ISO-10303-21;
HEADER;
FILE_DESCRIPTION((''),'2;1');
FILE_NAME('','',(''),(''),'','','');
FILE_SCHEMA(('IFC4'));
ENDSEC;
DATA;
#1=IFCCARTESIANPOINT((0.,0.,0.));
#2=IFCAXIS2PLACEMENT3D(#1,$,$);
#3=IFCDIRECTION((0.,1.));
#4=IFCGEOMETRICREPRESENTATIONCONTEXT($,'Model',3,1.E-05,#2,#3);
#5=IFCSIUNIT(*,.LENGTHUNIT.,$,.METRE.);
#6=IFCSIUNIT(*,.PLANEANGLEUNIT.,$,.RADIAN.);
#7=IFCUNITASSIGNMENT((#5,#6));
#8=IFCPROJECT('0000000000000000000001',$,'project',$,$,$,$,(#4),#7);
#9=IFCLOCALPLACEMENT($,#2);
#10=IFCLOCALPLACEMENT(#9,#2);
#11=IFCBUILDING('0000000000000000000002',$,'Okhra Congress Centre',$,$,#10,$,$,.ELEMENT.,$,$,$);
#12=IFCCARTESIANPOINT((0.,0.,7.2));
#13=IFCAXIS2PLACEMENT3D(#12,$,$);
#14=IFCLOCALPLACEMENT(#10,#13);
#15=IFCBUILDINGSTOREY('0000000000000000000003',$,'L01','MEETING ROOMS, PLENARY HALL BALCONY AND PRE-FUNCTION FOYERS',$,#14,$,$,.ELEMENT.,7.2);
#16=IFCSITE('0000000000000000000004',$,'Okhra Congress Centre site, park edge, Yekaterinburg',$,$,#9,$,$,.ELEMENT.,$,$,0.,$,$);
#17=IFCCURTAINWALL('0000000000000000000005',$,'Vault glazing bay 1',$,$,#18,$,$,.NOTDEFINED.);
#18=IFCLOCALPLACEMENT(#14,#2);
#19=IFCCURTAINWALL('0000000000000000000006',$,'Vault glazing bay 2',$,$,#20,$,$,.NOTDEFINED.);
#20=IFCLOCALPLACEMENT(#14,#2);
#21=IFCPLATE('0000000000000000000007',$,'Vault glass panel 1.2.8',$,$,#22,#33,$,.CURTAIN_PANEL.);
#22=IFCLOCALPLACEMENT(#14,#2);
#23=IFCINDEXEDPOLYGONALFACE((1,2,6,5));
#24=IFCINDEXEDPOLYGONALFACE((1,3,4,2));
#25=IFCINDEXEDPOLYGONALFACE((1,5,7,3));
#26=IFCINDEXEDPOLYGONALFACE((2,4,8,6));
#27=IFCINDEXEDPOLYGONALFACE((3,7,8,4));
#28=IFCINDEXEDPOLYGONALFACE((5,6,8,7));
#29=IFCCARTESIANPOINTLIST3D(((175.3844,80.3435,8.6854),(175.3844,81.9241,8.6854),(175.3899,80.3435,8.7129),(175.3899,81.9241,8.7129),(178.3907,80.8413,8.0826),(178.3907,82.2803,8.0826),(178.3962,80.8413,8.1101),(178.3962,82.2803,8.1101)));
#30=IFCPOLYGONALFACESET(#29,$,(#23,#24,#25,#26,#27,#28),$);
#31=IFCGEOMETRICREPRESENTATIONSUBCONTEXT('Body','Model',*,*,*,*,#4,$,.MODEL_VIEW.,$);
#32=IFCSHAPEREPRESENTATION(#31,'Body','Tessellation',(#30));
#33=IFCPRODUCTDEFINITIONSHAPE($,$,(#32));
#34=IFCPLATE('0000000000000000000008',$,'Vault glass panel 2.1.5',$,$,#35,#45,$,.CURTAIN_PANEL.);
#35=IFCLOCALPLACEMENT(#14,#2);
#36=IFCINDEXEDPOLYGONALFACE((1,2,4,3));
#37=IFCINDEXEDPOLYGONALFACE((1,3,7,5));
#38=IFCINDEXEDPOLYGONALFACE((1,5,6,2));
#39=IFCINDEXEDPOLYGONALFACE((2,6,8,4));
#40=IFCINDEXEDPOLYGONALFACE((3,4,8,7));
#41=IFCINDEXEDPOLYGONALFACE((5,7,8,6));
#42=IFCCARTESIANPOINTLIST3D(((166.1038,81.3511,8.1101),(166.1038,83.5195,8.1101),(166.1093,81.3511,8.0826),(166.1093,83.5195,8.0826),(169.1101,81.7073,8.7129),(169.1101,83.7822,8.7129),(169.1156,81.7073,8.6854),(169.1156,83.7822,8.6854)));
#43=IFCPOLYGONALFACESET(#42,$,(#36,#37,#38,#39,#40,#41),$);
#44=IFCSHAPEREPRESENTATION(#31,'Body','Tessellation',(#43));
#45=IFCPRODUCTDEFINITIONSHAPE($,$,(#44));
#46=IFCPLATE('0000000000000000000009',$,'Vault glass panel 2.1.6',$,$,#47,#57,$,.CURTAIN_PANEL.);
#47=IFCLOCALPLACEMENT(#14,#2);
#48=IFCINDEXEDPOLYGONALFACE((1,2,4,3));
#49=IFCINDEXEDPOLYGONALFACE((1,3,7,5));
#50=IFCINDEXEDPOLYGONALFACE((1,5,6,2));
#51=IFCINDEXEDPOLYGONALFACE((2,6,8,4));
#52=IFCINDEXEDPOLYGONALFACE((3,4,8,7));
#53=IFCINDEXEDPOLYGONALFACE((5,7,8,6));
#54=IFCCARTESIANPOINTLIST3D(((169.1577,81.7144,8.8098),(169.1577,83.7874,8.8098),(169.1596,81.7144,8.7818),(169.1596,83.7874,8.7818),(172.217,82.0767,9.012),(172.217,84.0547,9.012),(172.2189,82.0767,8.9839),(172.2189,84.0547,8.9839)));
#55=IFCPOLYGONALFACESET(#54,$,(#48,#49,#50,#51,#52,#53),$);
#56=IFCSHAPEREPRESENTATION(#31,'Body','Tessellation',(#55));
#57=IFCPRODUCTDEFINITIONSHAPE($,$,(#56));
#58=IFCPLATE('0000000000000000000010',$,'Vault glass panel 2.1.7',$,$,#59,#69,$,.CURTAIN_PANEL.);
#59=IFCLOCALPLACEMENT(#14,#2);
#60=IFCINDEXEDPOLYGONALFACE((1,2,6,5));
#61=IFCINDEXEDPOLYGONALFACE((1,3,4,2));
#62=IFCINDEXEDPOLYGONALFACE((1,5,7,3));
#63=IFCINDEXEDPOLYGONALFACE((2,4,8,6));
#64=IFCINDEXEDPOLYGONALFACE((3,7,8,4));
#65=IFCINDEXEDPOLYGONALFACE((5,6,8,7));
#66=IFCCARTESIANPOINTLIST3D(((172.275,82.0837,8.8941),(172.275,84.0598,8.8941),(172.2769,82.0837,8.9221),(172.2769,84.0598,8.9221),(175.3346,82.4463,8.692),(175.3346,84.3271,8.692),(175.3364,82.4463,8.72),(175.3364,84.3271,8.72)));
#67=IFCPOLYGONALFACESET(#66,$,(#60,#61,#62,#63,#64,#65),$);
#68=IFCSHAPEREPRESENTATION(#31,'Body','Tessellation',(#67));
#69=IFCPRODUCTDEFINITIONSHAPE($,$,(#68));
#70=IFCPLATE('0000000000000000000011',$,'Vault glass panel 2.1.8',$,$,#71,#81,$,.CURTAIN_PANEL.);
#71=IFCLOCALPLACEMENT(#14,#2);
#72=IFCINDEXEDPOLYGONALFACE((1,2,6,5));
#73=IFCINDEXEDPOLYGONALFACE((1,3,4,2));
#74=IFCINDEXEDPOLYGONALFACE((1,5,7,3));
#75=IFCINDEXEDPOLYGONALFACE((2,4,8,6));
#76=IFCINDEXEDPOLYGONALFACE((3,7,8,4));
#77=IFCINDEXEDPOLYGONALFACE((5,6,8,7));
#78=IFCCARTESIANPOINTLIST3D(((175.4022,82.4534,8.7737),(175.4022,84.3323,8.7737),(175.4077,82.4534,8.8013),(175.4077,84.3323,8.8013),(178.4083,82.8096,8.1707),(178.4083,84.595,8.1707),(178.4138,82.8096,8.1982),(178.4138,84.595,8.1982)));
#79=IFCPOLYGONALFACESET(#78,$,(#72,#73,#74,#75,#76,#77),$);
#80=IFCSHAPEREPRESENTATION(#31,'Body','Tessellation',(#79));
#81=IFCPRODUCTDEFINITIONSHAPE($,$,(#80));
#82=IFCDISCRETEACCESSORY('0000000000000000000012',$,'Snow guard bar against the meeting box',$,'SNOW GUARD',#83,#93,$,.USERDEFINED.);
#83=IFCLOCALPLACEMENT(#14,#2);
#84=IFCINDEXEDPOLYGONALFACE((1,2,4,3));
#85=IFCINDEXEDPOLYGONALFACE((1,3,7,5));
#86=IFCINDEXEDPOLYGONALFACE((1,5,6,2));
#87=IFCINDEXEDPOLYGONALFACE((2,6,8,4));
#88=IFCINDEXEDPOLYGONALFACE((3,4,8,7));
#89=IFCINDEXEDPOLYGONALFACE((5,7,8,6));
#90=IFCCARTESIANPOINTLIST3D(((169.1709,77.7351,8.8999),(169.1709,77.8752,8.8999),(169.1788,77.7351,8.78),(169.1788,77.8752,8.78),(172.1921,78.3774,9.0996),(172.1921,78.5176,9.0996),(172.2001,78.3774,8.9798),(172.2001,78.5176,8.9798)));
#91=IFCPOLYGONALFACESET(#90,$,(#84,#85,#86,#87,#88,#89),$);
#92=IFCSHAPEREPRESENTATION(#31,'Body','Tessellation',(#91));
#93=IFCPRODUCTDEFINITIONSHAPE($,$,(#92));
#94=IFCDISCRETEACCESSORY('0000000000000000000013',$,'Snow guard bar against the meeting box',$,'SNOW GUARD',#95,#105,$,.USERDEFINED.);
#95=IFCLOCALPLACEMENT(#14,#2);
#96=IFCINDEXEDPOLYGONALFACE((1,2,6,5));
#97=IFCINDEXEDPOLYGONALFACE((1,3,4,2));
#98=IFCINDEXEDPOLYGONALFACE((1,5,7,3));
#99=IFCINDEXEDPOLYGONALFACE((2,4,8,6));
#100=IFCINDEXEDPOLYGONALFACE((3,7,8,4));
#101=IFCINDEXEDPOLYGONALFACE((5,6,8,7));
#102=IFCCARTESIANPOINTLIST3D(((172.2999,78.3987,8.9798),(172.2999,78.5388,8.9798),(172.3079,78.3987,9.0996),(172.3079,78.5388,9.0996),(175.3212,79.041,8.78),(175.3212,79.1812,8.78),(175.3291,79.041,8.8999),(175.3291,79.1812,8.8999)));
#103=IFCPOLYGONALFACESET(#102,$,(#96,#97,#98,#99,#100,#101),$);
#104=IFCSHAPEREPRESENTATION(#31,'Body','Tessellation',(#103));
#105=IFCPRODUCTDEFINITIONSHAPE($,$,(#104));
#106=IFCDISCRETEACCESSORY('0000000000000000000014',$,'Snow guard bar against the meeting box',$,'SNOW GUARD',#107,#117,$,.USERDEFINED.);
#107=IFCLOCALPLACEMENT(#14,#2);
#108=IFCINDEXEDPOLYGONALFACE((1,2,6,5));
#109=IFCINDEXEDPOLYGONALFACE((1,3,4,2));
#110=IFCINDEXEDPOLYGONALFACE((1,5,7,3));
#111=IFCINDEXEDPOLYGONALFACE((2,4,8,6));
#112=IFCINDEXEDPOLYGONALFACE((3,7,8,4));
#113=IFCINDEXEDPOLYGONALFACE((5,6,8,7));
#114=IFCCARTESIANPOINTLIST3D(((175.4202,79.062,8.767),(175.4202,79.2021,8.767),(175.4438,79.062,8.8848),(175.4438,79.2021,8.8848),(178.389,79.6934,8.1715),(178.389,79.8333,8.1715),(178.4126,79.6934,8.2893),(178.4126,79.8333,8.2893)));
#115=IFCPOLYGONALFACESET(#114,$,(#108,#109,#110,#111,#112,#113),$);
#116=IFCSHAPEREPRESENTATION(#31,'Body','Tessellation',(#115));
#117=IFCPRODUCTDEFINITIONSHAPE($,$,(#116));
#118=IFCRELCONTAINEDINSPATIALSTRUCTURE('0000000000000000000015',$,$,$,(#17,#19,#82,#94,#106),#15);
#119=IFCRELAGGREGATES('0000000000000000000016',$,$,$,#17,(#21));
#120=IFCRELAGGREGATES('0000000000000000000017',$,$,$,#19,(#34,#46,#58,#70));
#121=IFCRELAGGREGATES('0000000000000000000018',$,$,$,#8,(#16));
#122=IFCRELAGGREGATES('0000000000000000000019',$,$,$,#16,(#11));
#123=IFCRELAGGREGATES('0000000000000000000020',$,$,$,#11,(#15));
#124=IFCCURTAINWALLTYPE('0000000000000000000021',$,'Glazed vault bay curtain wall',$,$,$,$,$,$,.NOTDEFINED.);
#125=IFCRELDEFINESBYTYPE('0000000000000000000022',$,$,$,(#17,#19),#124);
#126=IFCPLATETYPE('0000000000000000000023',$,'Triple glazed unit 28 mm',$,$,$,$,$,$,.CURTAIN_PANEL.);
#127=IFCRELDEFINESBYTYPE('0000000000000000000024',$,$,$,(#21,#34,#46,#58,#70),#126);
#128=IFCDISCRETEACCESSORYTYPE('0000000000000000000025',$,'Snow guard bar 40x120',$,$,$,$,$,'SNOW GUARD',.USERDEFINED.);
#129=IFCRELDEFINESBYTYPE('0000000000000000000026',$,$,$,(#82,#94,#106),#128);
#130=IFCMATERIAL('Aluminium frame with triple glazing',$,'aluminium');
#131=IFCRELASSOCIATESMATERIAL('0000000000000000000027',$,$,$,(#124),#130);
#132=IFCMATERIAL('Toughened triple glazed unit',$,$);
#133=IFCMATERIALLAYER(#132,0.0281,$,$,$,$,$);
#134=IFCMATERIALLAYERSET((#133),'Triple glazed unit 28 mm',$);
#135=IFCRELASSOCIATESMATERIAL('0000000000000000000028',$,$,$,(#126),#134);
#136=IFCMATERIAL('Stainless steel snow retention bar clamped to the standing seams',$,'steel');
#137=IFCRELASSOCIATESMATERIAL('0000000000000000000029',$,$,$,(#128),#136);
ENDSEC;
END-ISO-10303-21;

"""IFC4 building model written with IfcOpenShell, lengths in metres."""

from ifc_helpers import new_model, si_unit, direction, frame, origin, place, context, subcontext, project, spatial, polyline, outline, extrude, material, layer, layer_set, type_object, element, aggregate, save


model = new_model("IFC4")

# Units and contexts
model_context = context("Model", 3, precision=1e-05, world=origin(), true_north=direction((0.0, 1.0)))
body_context = subcontext(model_context, "Body", "Model", "MODEL_VIEW")
ifc_project = project(units=[si_unit("LENGTHUNIT", "METRE"), si_unit("PLANEANGLEUNIT", "RADIAN")], contexts=[model_context])

# Site, building, storey
site_placement = place(None, origin())
site = spatial("IfcSite", under=ifc_project, at=site_placement, Name="Okhra Congress Centre site, park edge, Yekaterinburg", CompositionType="ELEMENT", RefElevation=0.0)
building_placement = place(site_placement, origin())
building = spatial("IfcBuilding", under=site, at=building_placement, Name="Okhra Congress Centre", CompositionType="ELEMENT")
storey_placement = place(building_placement, frame((0.0, 0.0, 7.2)))
storey = spatial("IfcBuildingStorey", under=building, at=storey_placement, Name="L01", Description="MEETING ROOMS, PLENARY HALL BALCONY AND PRE-FUNCTION FOYERS", CompositionType="ELEMENT", Elevation=7.2)

# Curtain walls
ifc_material_1 = material(Name="Aluminium frame with triple glazing", Category="aluminium")
curtain_wall_type = type_object("IfcCurtainWallType", Name="Glazed vault bay curtain wall", PredefinedType="NOTDEFINED", material=ifc_material_1)
curtain_wall_1_placement = place(storey_placement, origin())
curtain_wall_1 = element("IfcCurtainWall", 1, at=curtain_wall_1_placement, inside=storey, type_object=curtain_wall_type, Name="Vault glazing bay 1", PredefinedType="NOTDEFINED")
curtain_wall_2_placement = place(storey_placement, origin())
curtain_wall_2 = element("IfcCurtainWall", 2, at=curtain_wall_2_placement, inside=storey, type_object=curtain_wall_type, Name="Vault glazing bay 2", PredefinedType="NOTDEFINED")

# Plates
ifc_material_2 = material(Name="Toughened triple glazed unit")
ifc_layer_1 = layer(ifc_material_2, 0.0281)
ifc_layer_set_1 = layer_set([ifc_layer_1], Name="Triple glazed unit 28 mm")
plate_type_1 = type_object("IfcPlateType", Name="Triple glazed unit 28 mm", PredefinedType="CURTAIN_PANEL", material=ifc_layer_set_1)
plate_1_placement = place(storey_placement, frame((175.3899, 80.3435, 8.7129), z_axis=(0.196591, 0.0, 0.980486), x_axis=(0.967814, 0.160254, -0.19405)))
plate_1 = element("IfcPlate", 3, at=plate_1_placement, type_object=plate_type_1, Name="Vault glass panel 1.2.8", PredefinedType="CURTAIN_PANEL", context=body_context, shape_type="SweptSolid", body=[
    extrude(outline(polyline([(0.0, 0.0), (3.1063, 0.0), (3.3369, 1.4204), (0.2533, 1.5601), (0.0, 0.0)])), origin(), (0.0, 0.0, -1.0), 0.0281),
])
aggregate(curtain_wall_1, [plate_1])
plate_2_placement = place(storey_placement, frame((166.1038, 81.3511, 8.1101), z_axis=(-0.196591, 0.0, 0.980486), x_axis=(0.973936, 0.115395, 0.195278)))
plate_2 = element("IfcPlate", 4, at=plate_2_placement, type_object=plate_type_1, Name="Vault glass panel 2.1.5", PredefinedType="CURTAIN_PANEL", context=body_context, shape_type="SweptSolid", body=[
    extrude(outline(polyline([(0.0, 0.0), (3.0868, 0.0), (3.3262, 2.0611), (0.2502, 2.154), (0.0, 0.0)])), origin(), (0.0, 0.0, -1.0), 0.0281),
])
plate_3_placement = place(storey_placement, frame((169.1577, 81.7144, 8.8098), z_axis=(-0.065932, 0.0, 0.997824), x_axis=(0.990929, 0.117352, 0.065477)))
plate_3 = element("IfcPlate", 5, at=plate_3_placement, type_object=plate_type_1, Name="Vault glass panel 2.1.6", PredefinedType="CURTAIN_PANEL", context=body_context, shape_type="SweptSolid", body=[
    extrude(outline(polyline([(0.0, 0.0), (3.0873, 0.0), (3.3195, 1.9644), (0.2433, 2.0587), (0.0, 0.0)])), origin(), (0.0, 0.0, -1.0), 0.0281),
])
plate_4_placement = place(storey_placement, frame((172.2769, 82.0837, 8.9221), z_axis=(0.065927, 0.0, 0.997824), x_axis=(0.990922, 0.117421, -0.065471)))
plate_4 = element("IfcPlate", 6, at=plate_4_placement, type_object=plate_type_1, Name="Vault glass panel 2.1.7", PredefinedType="CURTAIN_PANEL", context=body_context, shape_type="SweptSolid", body=[
    extrude(outline(polyline([(0.0, 0.0), (3.0876, 0.0), (3.3085, 1.8678), (0.232, 1.9624), (0.0, 0.0)])), origin(), (0.0, 0.0, -1.0), 0.0281),
])
plate_5_placement = place(storey_placement, frame((175.4077, 82.4534, 8.8013), z_axis=(0.196683, 0.0, 0.980467), x_axis=(0.973917, 0.115402, -0.195369)))
plate_5 = element("IfcPlate", 7, at=plate_5_placement, type_object=plate_type_1, Name="Vault glass panel 2.1.8", PredefinedType="CURTAIN_PANEL", context=body_context, shape_type="SweptSolid", body=[
    extrude(outline(polyline([(0.0, 0.0), (3.0866, 0.0), (3.2927, 1.7735), (0.2168, 1.8664), (0.0, 0.0)])), origin(), (0.0, 0.0, -1.0), 0.0281),
])
aggregate(curtain_wall_2, [plate_2, plate_3, plate_4, plate_5])

# Discrete accessories
ifc_material_3 = material(Name="Stainless steel snow retention bar clamped to the standing seams", Category="steel")
discrete_accessory_type = type_object("IfcDiscreteAccessoryType", Name="Snow guard bar 40x120", ElementType="SNOW GUARD", PredefinedType="USERDEFINED", material=ifc_material_3)
for number, where, z_axis, x_axis, name in (
    (8, (169.1709, 77.7351, 8.8999), (-0.065957, 0.0, 0.997822), (0.9761, 0.207525, 0.064521), "Snow guard bar against the meeting box"),
    (9, (172.3079, 78.3987, 9.0996), (0.065957, 0.0, 0.997822), (0.9761, 0.207525, -0.064521), "Snow guard bar against the meeting box"),
):
    element("IfcDiscreteAccessory", number, at=place(storey_placement, frame(where, z_axis=z_axis, x_axis=x_axis)), inside=storey, type_object=discrete_accessory_type, Name=name, ObjectType="SNOW GUARD", PredefinedType="USERDEFINED", context=body_context, shape_type="SweptSolid", body=[
        extrude(outline(polyline([(0.0, 0.0), (3.0952, 0.0), (3.1243, 0.1371), (0.0291, 0.1371), (0.0, 0.0)])), origin(), (0.0, 0.0, -1.0), 0.1201),
    ])
discrete_accessory_placement = place(storey_placement, frame((175.4438, 79.062, 8.8848), z_axis=(0.196659, 0.0, 0.980472), x_axis=(0.959829, 0.204121, -0.192518)))
element("IfcDiscreteAccessory", 10, at=discrete_accessory_placement, inside=storey, type_object=discrete_accessory_type, Name="Snow guard bar against the meeting box", ObjectType="SNOW GUARD", PredefinedType="USERDEFINED", context=body_context, shape_type="SweptSolid", body=[
    extrude(outline(polyline([(0.0, 0.0), (3.093, 0.0), (3.1216, 0.1369), (0.0286, 0.1372), (0.0, 0.0)])), origin(), (0.0, 0.0, -1.0), 0.1201),
])

save(model, "model.ifc")
